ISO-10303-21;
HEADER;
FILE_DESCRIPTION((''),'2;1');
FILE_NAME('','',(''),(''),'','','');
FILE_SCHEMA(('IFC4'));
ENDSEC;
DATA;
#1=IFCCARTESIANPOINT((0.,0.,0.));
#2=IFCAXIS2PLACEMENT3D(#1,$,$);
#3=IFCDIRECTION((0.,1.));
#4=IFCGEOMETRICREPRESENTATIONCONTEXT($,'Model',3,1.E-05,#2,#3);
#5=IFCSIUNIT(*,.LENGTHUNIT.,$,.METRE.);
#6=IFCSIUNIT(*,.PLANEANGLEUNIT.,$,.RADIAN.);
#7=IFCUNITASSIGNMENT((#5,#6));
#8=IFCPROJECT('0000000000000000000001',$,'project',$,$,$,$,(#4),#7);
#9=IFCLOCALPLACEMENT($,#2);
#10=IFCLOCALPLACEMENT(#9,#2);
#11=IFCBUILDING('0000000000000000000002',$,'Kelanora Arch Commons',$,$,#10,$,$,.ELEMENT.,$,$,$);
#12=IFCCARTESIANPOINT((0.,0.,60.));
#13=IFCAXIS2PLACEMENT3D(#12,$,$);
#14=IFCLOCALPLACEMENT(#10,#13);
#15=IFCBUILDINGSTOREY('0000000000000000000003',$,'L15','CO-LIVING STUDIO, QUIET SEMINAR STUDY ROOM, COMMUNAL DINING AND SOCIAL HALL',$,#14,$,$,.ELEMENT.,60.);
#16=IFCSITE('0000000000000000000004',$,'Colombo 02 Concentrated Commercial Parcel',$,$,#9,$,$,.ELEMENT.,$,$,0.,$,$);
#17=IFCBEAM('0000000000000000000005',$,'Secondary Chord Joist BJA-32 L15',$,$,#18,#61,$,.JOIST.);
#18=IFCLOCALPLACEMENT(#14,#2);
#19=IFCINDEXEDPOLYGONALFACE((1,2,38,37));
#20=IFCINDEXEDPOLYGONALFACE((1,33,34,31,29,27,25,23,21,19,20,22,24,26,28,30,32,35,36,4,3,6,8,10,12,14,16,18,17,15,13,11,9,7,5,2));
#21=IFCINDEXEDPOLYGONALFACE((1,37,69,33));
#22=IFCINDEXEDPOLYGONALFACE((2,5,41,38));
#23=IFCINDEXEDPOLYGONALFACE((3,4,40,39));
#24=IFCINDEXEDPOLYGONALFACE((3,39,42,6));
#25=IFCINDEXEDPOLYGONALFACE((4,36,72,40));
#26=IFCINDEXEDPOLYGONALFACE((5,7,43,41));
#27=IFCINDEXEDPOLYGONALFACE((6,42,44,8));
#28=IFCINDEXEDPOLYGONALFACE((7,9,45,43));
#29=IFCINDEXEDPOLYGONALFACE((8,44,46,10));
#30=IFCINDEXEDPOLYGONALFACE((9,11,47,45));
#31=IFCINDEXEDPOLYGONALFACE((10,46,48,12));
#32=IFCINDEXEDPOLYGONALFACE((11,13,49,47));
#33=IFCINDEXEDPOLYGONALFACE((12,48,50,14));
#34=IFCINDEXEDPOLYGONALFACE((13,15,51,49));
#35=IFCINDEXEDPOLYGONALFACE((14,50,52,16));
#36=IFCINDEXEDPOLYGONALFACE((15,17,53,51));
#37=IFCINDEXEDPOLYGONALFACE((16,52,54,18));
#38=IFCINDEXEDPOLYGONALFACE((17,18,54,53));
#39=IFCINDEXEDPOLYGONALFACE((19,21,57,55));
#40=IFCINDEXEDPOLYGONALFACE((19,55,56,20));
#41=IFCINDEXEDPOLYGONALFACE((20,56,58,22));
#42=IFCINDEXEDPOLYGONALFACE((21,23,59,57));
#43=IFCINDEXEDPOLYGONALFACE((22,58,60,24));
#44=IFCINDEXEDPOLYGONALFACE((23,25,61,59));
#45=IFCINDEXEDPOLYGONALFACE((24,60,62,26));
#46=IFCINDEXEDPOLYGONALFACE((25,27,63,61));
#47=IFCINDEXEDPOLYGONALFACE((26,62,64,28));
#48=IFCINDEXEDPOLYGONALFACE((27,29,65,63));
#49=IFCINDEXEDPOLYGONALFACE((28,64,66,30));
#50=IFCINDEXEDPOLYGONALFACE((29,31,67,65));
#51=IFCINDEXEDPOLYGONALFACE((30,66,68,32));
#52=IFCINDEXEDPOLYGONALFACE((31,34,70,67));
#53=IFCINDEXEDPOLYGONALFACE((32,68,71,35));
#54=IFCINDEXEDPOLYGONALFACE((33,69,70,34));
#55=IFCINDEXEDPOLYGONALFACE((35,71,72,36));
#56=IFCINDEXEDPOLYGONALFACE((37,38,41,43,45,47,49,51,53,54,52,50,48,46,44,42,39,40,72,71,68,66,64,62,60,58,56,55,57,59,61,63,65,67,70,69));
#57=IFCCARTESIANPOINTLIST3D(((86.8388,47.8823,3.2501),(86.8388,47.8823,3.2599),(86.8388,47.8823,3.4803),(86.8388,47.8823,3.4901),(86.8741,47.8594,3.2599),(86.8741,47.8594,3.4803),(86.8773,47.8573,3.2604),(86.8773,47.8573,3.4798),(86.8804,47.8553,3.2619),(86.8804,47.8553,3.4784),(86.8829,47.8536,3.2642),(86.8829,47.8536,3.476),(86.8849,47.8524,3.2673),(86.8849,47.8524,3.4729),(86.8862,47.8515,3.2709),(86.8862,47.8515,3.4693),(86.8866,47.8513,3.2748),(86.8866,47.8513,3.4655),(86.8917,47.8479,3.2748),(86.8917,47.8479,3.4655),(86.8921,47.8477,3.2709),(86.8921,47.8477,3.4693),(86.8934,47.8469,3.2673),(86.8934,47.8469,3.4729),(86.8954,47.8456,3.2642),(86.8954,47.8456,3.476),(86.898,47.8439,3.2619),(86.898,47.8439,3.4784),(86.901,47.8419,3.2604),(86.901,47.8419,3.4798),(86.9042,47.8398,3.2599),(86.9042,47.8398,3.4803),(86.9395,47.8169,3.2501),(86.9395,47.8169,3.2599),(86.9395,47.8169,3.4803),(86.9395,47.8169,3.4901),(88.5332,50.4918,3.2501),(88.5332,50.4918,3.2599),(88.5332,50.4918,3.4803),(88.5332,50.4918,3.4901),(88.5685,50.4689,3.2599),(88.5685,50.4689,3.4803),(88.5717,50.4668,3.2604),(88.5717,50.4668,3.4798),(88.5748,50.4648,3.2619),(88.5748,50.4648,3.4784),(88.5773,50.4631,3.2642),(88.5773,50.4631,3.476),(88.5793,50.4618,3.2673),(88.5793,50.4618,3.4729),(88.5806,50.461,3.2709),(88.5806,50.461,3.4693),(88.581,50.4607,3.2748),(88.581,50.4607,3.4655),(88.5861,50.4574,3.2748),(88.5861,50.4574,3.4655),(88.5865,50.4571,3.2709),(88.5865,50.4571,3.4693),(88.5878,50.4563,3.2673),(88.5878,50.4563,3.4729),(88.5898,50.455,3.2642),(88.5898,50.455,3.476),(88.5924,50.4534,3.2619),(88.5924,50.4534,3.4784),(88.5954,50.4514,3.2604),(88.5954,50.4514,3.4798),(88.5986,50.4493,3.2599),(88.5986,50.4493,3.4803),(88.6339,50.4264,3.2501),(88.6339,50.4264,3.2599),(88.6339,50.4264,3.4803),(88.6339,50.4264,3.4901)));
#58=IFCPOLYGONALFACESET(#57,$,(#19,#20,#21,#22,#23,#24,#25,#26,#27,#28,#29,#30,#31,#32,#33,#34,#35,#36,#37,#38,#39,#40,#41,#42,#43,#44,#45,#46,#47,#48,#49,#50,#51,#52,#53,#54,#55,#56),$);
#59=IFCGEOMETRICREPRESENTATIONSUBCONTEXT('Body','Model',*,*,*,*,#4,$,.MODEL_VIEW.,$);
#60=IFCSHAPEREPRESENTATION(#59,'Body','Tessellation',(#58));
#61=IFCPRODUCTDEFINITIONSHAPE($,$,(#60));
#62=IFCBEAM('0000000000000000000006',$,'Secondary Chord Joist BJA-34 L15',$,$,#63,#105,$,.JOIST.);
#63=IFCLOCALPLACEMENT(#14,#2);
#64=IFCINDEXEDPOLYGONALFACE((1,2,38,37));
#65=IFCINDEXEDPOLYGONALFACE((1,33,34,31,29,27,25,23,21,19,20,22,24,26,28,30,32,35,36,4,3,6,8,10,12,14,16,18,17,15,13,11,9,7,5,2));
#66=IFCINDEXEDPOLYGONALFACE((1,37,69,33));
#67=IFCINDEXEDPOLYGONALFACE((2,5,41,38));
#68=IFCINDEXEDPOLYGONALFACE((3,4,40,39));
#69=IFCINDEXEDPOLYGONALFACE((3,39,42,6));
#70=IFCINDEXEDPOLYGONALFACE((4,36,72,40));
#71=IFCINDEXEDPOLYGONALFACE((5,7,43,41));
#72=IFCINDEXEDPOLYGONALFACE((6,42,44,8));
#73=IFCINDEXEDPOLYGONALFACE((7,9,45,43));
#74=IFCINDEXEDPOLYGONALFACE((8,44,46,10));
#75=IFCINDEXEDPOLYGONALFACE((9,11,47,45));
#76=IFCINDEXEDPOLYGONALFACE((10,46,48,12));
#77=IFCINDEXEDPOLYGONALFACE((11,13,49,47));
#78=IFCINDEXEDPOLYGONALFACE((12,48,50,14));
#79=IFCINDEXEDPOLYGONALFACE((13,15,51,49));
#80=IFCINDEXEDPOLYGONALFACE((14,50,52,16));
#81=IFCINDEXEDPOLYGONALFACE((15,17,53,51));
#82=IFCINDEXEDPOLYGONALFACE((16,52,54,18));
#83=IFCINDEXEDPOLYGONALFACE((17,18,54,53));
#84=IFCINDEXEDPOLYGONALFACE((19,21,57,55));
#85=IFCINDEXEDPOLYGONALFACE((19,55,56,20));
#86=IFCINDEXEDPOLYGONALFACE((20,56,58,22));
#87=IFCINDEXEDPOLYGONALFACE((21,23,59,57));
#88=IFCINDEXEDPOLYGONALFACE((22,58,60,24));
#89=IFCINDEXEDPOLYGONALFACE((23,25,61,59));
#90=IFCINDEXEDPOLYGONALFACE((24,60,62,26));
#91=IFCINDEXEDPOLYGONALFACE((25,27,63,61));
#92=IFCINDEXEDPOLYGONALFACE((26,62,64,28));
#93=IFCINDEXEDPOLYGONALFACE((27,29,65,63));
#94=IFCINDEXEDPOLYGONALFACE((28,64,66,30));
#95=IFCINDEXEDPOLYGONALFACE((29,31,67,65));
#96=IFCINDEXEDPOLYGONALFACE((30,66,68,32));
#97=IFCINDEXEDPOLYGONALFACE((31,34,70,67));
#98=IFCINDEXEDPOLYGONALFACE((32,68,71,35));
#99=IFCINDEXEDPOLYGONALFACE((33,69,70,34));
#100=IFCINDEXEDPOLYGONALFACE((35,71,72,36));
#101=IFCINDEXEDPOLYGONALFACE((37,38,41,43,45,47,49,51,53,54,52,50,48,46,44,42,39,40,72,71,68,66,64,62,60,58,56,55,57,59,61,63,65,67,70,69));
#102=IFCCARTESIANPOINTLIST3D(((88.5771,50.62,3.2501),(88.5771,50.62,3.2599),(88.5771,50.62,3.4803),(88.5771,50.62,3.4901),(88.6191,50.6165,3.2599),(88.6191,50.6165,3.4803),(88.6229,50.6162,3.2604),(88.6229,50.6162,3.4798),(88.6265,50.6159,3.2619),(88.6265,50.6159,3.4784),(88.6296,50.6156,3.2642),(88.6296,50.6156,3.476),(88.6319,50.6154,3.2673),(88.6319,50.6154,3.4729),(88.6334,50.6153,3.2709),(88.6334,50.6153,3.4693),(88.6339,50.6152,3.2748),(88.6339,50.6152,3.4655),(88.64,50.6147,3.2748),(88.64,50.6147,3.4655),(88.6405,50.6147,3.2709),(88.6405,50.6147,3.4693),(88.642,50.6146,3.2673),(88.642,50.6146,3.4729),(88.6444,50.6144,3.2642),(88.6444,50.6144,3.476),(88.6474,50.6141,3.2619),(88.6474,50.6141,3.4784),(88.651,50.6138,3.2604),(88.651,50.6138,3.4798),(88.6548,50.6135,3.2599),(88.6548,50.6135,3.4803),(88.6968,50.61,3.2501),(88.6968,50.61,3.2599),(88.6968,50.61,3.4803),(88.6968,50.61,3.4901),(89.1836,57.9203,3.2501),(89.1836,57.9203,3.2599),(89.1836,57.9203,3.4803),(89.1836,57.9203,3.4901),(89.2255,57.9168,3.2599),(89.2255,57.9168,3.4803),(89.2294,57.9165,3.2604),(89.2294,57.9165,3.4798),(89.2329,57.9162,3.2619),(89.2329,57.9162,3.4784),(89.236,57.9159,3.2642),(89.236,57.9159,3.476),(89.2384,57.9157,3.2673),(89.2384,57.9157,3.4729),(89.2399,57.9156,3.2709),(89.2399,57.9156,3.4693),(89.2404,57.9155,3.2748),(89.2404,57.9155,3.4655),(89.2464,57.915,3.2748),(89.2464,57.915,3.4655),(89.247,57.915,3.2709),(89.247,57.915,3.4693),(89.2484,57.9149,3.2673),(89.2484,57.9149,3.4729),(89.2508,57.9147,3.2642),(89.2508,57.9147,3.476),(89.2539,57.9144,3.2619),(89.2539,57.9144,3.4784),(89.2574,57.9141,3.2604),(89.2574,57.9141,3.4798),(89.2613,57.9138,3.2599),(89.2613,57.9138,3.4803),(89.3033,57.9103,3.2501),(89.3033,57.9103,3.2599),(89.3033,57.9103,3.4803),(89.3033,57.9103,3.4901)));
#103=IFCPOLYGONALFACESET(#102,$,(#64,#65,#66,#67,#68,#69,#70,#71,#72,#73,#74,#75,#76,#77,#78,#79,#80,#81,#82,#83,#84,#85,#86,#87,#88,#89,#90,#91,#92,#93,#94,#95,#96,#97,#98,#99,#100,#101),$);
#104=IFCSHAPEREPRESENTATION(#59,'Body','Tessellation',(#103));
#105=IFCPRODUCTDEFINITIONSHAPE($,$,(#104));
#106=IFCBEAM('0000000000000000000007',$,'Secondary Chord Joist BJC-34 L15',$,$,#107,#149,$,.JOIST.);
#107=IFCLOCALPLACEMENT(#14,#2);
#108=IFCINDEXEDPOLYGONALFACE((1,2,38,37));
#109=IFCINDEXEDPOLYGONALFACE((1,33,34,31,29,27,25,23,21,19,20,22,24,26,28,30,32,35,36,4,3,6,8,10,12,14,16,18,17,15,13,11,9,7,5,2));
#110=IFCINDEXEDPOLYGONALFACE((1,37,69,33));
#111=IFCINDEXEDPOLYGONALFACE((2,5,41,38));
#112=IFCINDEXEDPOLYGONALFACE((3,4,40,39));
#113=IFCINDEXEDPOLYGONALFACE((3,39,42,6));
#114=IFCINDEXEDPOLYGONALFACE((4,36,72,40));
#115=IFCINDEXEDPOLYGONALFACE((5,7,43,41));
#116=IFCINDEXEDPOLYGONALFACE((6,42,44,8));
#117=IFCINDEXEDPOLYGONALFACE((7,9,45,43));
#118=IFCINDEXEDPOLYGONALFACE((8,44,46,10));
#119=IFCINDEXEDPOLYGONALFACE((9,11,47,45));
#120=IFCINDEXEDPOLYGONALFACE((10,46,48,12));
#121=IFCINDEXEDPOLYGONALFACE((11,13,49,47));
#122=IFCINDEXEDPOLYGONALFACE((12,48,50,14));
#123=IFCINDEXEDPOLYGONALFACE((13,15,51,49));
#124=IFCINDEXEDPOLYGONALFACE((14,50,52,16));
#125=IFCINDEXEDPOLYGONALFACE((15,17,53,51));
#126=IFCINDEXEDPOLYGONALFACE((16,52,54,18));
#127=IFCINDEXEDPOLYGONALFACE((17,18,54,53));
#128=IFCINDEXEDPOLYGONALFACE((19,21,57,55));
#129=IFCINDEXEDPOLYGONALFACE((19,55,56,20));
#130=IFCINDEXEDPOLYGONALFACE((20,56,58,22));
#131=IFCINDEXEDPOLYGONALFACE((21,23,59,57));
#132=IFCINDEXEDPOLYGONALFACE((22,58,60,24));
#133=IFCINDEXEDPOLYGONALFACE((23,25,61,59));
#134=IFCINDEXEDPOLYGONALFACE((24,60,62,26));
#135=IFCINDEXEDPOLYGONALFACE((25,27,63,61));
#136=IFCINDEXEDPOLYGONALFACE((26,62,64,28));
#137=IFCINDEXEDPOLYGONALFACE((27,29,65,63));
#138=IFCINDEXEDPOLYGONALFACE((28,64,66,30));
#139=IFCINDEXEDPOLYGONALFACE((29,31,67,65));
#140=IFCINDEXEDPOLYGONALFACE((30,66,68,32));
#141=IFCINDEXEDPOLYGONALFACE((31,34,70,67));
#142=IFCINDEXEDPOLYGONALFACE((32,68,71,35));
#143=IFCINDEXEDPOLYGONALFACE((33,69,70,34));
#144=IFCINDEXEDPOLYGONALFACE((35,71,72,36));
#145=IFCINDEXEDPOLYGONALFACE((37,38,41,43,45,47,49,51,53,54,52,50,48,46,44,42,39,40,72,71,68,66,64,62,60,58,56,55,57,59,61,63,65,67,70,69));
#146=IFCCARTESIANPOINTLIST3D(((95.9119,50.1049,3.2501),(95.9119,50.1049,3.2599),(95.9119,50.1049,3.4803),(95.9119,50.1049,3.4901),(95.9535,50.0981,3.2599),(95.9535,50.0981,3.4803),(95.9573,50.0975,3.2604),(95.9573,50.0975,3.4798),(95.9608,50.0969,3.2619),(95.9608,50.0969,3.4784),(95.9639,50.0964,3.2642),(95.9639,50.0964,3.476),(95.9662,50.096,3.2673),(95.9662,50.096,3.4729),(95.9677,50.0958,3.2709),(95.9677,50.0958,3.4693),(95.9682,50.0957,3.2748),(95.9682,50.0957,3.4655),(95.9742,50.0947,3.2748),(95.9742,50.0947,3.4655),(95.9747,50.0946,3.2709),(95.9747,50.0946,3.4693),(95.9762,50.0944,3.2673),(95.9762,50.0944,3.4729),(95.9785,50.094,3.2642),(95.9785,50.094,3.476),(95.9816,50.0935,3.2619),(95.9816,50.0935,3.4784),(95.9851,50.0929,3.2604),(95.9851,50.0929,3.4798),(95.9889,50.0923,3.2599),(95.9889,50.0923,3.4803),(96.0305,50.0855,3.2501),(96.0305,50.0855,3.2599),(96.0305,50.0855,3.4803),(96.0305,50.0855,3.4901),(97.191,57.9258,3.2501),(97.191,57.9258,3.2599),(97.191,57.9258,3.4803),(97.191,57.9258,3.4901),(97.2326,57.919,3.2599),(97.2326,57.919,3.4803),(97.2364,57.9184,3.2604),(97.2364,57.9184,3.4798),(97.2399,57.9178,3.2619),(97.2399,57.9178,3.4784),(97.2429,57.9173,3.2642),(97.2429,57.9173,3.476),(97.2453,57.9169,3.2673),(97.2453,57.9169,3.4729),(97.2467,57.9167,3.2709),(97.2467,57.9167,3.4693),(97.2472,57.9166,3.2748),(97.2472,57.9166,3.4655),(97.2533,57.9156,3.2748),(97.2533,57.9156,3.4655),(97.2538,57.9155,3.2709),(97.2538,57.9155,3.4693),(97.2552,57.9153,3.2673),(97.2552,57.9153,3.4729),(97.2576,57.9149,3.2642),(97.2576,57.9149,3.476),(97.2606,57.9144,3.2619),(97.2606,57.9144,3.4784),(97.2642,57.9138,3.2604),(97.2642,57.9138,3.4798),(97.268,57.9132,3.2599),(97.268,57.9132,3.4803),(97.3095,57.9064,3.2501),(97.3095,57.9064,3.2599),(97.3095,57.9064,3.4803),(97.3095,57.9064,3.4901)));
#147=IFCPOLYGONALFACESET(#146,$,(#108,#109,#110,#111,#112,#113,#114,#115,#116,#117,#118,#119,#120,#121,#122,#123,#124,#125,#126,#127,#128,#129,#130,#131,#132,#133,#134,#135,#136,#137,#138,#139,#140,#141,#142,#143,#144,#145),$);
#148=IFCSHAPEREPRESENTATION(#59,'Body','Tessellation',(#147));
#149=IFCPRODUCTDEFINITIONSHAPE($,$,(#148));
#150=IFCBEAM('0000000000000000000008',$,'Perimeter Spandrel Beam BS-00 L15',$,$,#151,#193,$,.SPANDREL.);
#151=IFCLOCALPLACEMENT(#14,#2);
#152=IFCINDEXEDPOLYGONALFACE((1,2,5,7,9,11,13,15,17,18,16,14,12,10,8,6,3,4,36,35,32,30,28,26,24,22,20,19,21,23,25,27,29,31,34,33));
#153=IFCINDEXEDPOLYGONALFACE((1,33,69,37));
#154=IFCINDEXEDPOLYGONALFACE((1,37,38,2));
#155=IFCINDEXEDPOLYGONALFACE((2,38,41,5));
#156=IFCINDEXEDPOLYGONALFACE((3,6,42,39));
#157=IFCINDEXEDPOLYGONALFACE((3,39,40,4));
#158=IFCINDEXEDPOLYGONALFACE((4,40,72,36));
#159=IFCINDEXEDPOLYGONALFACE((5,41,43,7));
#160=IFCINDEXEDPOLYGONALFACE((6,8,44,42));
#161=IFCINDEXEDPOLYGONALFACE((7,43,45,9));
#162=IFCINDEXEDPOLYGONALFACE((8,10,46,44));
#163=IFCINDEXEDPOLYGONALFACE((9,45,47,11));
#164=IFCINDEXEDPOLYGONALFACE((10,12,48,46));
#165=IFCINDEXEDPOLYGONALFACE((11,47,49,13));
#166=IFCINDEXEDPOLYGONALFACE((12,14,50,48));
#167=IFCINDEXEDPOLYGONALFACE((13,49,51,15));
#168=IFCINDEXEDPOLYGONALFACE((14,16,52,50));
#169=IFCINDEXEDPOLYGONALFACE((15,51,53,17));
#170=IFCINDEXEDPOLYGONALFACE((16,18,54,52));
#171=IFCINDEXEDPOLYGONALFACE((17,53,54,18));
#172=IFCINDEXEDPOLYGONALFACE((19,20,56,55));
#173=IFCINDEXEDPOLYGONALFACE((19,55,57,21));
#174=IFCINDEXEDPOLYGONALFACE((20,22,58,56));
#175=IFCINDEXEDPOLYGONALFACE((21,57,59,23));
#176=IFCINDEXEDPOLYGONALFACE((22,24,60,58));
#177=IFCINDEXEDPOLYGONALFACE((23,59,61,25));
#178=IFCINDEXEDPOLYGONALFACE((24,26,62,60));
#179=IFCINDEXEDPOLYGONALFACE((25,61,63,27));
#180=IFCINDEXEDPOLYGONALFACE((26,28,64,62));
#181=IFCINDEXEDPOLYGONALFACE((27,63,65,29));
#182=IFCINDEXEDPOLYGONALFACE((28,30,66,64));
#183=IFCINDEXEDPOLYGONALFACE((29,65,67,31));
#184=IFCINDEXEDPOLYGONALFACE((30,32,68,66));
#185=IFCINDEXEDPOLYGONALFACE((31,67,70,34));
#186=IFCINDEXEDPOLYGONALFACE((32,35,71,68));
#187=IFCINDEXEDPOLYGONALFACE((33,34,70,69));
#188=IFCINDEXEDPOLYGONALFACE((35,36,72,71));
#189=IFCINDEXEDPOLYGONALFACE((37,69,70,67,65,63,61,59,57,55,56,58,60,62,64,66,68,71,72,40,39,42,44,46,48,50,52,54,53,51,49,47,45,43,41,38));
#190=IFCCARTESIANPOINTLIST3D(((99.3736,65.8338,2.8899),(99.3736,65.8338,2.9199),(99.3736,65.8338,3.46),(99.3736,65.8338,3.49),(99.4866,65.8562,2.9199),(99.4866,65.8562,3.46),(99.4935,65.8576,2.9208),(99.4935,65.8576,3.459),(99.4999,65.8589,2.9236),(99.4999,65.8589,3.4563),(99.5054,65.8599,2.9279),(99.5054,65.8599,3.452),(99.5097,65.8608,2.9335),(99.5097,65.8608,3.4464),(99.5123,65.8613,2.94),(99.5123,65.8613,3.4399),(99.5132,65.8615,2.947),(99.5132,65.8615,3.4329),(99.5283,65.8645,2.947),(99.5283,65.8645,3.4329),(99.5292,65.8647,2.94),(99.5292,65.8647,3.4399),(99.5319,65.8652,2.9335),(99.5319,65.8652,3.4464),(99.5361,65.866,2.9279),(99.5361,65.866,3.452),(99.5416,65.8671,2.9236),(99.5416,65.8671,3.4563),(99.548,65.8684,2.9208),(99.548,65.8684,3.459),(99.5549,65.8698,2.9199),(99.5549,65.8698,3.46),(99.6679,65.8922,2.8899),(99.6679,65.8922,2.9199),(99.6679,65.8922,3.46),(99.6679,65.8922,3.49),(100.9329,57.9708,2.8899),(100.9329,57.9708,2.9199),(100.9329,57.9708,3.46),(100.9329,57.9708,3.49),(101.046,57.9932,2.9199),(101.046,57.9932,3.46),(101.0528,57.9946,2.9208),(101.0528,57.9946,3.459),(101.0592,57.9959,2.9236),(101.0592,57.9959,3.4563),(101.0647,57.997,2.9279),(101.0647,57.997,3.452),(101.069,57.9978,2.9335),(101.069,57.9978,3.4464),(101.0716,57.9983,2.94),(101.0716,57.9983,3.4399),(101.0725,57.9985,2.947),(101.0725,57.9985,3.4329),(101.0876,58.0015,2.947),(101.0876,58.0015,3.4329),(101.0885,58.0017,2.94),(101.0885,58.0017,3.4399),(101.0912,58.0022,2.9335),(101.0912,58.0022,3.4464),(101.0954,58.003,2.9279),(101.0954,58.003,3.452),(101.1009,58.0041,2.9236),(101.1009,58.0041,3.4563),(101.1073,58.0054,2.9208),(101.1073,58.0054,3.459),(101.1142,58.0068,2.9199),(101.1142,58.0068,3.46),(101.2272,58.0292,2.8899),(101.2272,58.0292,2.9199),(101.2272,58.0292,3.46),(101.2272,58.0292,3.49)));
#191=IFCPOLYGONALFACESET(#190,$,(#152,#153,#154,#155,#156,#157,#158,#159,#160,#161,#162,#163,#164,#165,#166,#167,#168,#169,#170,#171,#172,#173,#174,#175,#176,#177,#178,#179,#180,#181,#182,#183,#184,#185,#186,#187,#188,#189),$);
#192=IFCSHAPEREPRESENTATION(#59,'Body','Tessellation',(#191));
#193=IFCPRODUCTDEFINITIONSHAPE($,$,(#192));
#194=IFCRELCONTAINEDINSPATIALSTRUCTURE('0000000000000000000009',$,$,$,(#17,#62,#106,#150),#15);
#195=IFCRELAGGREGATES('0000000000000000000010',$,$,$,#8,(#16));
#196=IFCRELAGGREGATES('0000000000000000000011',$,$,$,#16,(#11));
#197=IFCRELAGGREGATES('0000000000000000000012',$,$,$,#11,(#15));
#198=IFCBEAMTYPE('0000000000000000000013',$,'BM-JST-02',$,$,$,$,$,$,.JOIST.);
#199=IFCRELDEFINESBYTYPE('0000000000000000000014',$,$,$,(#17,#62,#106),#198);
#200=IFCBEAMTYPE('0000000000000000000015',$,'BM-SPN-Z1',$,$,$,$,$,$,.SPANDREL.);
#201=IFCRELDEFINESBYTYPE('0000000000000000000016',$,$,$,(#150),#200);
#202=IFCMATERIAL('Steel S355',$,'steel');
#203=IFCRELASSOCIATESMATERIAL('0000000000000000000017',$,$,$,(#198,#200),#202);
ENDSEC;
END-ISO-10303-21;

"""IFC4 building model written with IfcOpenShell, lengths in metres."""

from ifc_helpers import new_model, si_unit, direction, frame, origin, origin_2d, place, context, subcontext, project, spatial, i_section, extrude, material, material_profile, profile_set, type_object, element, save


model = new_model("IFC4")

# Units and contexts
model_context = context("Model", 3, precision=1e-05, world=origin(), true_north=direction((0.0, 1.0)))
body_context = subcontext(model_context, "Body", "Model", "MODEL_VIEW")
ifc_project = project(units=[si_unit("LENGTHUNIT", "METRE"), si_unit("PLANEANGLEUNIT", "RADIAN")], contexts=[model_context])

# Site, building, storey
site_placement = place(None, origin())
site = spatial("IfcSite", under=ifc_project, at=site_placement, Name="Colombo 02 Concentrated Commercial Parcel", CompositionType="ELEMENT", RefElevation=0.0)
building_placement = place(site_placement, origin())
building = spatial("IfcBuilding", under=site, at=building_placement, Name="Kelanora Arch Commons", CompositionType="ELEMENT")
storey_placement = place(building_placement, frame((0.0, 0.0, 60.0)))
storey = spatial("IfcBuildingStorey", under=building, at=storey_placement, Name="L15", Description="CO-LIVING STUDIO, QUIET SEMINAR STUDY ROOM, COMMUNAL DINING AND SOCIAL HALL", CompositionType="ELEMENT", Elevation=60.0)

# Beams
ifc_material_1 = material(Name="Steel S355", Category="steel")
ifc_material_profile_1 = material_profile(ifc_material_1, i_section(OverallWidth=0.1201, OverallDepth=0.24, WebThickness=0.0061, FlangeThickness=0.0098, FilletRadius=0.0149, at=origin_2d()), Name="IPE240")
ifc_profile_set_1 = profile_set([ifc_material_profile_1], Name="Steel S355")
beam_type_1 = type_object("IfcBeamType", Name="BM-JST-02", PredefinedType="JOIST", material=ifc_profile_set_1)
beam_1_placement = place(storey_placement, frame((86.8892, 47.8496, 3.3701), z_axis=(0.544591, 0.838702, 0.0), x_axis=(-0.838702, 0.544591, 0.0)))
element("IfcBeam", 1, at=beam_1_placement, inside=storey, type_object=beam_type_1, Name="Secondary Chord Joist BJA-32 L15", PredefinedType="JOIST", context=body_context, shape_type="SweptSolid", body=[
    extrude(i_section(OverallWidth=0.1201, OverallDepth=0.24, WebThickness=0.0061, FlangeThickness=0.0098, FilletRadius=0.0149, at=origin_2d()), origin(), (0.0, 0.0, 1.0), 3.1113),
])
beam_2_placement = place(storey_placement, frame((88.637, 50.615, 3.3701), z_axis=(0.082786, 0.996567, 0.0), x_axis=(-0.996567, 0.082786, 0.0)))
element("IfcBeam", 2, at=beam_2_placement, inside=storey, type_object=beam_type_1, Name="Secondary Chord Joist BJA-34 L15", PredefinedType="JOIST", context=body_context, shape_type="SweptSolid", body=[
    extrude(i_section(OverallWidth=0.1201, OverallDepth=0.24, WebThickness=0.0061, FlangeThickness=0.0098, FilletRadius=0.0149, at=origin_2d()), origin(), (0.0, 0.0, 1.0), 7.3254),
])
beam_3_placement = place(storey_placement, frame((95.9712, 50.0952, 3.3701), z_axis=(0.161401, 0.986889, 0.0), x_axis=(-0.986889, 0.161401, 0.0)))
element("IfcBeam", 3, at=beam_3_placement, inside=storey, type_object=beam_type_1, Name="Secondary Chord Joist BJC-34 L15", PredefinedType="JOIST", context=body_context, shape_type="SweptSolid", body=[
    extrude(i_section(OverallWidth=0.1201, OverallDepth=0.24, WebThickness=0.0061, FlangeThickness=0.0098, FilletRadius=0.0149, at=origin_2d()), origin(), (0.0, 0.0, 1.0), 7.9248),
])
ifc_material_profile_2 = material_profile(ifc_material_1, i_section(OverallWidth=0.3, OverallDepth=0.6001, WebThickness=0.0154, FlangeThickness=0.03, FilletRadius=0.0271, at=origin_2d()), Name="HEB600")
ifc_profile_set_2 = profile_set([ifc_material_profile_2], Name="Steel S355")
beam_type_2 = type_object("IfcBeamType", Name="BM-SPN-Z1", PredefinedType="SPANDREL", material=ifc_profile_set_2)
beam_4_placement = place(storey_placement, frame((101.0801, 58.0, 3.1899), z_axis=(-0.194523, 0.980898, 0.0), x_axis=(-0.980898, -0.194523, 0.0)))
element("IfcBeam", 4, at=beam_4_placement, inside=storey, type_object=beam_type_2, Name="Perimeter Spandrel Beam BS-00 L15", PredefinedType="SPANDREL", context=body_context, shape_type="SweptSolid", body=[
    extrude(i_section(OverallWidth=0.3, OverallDepth=0.6001, WebThickness=0.0154, FlangeThickness=0.03, FilletRadius=0.0271, at=origin_2d()), origin(), (0.0, 0.0, 1.0), 8.0161),
])

save(model, "model.ifc")
